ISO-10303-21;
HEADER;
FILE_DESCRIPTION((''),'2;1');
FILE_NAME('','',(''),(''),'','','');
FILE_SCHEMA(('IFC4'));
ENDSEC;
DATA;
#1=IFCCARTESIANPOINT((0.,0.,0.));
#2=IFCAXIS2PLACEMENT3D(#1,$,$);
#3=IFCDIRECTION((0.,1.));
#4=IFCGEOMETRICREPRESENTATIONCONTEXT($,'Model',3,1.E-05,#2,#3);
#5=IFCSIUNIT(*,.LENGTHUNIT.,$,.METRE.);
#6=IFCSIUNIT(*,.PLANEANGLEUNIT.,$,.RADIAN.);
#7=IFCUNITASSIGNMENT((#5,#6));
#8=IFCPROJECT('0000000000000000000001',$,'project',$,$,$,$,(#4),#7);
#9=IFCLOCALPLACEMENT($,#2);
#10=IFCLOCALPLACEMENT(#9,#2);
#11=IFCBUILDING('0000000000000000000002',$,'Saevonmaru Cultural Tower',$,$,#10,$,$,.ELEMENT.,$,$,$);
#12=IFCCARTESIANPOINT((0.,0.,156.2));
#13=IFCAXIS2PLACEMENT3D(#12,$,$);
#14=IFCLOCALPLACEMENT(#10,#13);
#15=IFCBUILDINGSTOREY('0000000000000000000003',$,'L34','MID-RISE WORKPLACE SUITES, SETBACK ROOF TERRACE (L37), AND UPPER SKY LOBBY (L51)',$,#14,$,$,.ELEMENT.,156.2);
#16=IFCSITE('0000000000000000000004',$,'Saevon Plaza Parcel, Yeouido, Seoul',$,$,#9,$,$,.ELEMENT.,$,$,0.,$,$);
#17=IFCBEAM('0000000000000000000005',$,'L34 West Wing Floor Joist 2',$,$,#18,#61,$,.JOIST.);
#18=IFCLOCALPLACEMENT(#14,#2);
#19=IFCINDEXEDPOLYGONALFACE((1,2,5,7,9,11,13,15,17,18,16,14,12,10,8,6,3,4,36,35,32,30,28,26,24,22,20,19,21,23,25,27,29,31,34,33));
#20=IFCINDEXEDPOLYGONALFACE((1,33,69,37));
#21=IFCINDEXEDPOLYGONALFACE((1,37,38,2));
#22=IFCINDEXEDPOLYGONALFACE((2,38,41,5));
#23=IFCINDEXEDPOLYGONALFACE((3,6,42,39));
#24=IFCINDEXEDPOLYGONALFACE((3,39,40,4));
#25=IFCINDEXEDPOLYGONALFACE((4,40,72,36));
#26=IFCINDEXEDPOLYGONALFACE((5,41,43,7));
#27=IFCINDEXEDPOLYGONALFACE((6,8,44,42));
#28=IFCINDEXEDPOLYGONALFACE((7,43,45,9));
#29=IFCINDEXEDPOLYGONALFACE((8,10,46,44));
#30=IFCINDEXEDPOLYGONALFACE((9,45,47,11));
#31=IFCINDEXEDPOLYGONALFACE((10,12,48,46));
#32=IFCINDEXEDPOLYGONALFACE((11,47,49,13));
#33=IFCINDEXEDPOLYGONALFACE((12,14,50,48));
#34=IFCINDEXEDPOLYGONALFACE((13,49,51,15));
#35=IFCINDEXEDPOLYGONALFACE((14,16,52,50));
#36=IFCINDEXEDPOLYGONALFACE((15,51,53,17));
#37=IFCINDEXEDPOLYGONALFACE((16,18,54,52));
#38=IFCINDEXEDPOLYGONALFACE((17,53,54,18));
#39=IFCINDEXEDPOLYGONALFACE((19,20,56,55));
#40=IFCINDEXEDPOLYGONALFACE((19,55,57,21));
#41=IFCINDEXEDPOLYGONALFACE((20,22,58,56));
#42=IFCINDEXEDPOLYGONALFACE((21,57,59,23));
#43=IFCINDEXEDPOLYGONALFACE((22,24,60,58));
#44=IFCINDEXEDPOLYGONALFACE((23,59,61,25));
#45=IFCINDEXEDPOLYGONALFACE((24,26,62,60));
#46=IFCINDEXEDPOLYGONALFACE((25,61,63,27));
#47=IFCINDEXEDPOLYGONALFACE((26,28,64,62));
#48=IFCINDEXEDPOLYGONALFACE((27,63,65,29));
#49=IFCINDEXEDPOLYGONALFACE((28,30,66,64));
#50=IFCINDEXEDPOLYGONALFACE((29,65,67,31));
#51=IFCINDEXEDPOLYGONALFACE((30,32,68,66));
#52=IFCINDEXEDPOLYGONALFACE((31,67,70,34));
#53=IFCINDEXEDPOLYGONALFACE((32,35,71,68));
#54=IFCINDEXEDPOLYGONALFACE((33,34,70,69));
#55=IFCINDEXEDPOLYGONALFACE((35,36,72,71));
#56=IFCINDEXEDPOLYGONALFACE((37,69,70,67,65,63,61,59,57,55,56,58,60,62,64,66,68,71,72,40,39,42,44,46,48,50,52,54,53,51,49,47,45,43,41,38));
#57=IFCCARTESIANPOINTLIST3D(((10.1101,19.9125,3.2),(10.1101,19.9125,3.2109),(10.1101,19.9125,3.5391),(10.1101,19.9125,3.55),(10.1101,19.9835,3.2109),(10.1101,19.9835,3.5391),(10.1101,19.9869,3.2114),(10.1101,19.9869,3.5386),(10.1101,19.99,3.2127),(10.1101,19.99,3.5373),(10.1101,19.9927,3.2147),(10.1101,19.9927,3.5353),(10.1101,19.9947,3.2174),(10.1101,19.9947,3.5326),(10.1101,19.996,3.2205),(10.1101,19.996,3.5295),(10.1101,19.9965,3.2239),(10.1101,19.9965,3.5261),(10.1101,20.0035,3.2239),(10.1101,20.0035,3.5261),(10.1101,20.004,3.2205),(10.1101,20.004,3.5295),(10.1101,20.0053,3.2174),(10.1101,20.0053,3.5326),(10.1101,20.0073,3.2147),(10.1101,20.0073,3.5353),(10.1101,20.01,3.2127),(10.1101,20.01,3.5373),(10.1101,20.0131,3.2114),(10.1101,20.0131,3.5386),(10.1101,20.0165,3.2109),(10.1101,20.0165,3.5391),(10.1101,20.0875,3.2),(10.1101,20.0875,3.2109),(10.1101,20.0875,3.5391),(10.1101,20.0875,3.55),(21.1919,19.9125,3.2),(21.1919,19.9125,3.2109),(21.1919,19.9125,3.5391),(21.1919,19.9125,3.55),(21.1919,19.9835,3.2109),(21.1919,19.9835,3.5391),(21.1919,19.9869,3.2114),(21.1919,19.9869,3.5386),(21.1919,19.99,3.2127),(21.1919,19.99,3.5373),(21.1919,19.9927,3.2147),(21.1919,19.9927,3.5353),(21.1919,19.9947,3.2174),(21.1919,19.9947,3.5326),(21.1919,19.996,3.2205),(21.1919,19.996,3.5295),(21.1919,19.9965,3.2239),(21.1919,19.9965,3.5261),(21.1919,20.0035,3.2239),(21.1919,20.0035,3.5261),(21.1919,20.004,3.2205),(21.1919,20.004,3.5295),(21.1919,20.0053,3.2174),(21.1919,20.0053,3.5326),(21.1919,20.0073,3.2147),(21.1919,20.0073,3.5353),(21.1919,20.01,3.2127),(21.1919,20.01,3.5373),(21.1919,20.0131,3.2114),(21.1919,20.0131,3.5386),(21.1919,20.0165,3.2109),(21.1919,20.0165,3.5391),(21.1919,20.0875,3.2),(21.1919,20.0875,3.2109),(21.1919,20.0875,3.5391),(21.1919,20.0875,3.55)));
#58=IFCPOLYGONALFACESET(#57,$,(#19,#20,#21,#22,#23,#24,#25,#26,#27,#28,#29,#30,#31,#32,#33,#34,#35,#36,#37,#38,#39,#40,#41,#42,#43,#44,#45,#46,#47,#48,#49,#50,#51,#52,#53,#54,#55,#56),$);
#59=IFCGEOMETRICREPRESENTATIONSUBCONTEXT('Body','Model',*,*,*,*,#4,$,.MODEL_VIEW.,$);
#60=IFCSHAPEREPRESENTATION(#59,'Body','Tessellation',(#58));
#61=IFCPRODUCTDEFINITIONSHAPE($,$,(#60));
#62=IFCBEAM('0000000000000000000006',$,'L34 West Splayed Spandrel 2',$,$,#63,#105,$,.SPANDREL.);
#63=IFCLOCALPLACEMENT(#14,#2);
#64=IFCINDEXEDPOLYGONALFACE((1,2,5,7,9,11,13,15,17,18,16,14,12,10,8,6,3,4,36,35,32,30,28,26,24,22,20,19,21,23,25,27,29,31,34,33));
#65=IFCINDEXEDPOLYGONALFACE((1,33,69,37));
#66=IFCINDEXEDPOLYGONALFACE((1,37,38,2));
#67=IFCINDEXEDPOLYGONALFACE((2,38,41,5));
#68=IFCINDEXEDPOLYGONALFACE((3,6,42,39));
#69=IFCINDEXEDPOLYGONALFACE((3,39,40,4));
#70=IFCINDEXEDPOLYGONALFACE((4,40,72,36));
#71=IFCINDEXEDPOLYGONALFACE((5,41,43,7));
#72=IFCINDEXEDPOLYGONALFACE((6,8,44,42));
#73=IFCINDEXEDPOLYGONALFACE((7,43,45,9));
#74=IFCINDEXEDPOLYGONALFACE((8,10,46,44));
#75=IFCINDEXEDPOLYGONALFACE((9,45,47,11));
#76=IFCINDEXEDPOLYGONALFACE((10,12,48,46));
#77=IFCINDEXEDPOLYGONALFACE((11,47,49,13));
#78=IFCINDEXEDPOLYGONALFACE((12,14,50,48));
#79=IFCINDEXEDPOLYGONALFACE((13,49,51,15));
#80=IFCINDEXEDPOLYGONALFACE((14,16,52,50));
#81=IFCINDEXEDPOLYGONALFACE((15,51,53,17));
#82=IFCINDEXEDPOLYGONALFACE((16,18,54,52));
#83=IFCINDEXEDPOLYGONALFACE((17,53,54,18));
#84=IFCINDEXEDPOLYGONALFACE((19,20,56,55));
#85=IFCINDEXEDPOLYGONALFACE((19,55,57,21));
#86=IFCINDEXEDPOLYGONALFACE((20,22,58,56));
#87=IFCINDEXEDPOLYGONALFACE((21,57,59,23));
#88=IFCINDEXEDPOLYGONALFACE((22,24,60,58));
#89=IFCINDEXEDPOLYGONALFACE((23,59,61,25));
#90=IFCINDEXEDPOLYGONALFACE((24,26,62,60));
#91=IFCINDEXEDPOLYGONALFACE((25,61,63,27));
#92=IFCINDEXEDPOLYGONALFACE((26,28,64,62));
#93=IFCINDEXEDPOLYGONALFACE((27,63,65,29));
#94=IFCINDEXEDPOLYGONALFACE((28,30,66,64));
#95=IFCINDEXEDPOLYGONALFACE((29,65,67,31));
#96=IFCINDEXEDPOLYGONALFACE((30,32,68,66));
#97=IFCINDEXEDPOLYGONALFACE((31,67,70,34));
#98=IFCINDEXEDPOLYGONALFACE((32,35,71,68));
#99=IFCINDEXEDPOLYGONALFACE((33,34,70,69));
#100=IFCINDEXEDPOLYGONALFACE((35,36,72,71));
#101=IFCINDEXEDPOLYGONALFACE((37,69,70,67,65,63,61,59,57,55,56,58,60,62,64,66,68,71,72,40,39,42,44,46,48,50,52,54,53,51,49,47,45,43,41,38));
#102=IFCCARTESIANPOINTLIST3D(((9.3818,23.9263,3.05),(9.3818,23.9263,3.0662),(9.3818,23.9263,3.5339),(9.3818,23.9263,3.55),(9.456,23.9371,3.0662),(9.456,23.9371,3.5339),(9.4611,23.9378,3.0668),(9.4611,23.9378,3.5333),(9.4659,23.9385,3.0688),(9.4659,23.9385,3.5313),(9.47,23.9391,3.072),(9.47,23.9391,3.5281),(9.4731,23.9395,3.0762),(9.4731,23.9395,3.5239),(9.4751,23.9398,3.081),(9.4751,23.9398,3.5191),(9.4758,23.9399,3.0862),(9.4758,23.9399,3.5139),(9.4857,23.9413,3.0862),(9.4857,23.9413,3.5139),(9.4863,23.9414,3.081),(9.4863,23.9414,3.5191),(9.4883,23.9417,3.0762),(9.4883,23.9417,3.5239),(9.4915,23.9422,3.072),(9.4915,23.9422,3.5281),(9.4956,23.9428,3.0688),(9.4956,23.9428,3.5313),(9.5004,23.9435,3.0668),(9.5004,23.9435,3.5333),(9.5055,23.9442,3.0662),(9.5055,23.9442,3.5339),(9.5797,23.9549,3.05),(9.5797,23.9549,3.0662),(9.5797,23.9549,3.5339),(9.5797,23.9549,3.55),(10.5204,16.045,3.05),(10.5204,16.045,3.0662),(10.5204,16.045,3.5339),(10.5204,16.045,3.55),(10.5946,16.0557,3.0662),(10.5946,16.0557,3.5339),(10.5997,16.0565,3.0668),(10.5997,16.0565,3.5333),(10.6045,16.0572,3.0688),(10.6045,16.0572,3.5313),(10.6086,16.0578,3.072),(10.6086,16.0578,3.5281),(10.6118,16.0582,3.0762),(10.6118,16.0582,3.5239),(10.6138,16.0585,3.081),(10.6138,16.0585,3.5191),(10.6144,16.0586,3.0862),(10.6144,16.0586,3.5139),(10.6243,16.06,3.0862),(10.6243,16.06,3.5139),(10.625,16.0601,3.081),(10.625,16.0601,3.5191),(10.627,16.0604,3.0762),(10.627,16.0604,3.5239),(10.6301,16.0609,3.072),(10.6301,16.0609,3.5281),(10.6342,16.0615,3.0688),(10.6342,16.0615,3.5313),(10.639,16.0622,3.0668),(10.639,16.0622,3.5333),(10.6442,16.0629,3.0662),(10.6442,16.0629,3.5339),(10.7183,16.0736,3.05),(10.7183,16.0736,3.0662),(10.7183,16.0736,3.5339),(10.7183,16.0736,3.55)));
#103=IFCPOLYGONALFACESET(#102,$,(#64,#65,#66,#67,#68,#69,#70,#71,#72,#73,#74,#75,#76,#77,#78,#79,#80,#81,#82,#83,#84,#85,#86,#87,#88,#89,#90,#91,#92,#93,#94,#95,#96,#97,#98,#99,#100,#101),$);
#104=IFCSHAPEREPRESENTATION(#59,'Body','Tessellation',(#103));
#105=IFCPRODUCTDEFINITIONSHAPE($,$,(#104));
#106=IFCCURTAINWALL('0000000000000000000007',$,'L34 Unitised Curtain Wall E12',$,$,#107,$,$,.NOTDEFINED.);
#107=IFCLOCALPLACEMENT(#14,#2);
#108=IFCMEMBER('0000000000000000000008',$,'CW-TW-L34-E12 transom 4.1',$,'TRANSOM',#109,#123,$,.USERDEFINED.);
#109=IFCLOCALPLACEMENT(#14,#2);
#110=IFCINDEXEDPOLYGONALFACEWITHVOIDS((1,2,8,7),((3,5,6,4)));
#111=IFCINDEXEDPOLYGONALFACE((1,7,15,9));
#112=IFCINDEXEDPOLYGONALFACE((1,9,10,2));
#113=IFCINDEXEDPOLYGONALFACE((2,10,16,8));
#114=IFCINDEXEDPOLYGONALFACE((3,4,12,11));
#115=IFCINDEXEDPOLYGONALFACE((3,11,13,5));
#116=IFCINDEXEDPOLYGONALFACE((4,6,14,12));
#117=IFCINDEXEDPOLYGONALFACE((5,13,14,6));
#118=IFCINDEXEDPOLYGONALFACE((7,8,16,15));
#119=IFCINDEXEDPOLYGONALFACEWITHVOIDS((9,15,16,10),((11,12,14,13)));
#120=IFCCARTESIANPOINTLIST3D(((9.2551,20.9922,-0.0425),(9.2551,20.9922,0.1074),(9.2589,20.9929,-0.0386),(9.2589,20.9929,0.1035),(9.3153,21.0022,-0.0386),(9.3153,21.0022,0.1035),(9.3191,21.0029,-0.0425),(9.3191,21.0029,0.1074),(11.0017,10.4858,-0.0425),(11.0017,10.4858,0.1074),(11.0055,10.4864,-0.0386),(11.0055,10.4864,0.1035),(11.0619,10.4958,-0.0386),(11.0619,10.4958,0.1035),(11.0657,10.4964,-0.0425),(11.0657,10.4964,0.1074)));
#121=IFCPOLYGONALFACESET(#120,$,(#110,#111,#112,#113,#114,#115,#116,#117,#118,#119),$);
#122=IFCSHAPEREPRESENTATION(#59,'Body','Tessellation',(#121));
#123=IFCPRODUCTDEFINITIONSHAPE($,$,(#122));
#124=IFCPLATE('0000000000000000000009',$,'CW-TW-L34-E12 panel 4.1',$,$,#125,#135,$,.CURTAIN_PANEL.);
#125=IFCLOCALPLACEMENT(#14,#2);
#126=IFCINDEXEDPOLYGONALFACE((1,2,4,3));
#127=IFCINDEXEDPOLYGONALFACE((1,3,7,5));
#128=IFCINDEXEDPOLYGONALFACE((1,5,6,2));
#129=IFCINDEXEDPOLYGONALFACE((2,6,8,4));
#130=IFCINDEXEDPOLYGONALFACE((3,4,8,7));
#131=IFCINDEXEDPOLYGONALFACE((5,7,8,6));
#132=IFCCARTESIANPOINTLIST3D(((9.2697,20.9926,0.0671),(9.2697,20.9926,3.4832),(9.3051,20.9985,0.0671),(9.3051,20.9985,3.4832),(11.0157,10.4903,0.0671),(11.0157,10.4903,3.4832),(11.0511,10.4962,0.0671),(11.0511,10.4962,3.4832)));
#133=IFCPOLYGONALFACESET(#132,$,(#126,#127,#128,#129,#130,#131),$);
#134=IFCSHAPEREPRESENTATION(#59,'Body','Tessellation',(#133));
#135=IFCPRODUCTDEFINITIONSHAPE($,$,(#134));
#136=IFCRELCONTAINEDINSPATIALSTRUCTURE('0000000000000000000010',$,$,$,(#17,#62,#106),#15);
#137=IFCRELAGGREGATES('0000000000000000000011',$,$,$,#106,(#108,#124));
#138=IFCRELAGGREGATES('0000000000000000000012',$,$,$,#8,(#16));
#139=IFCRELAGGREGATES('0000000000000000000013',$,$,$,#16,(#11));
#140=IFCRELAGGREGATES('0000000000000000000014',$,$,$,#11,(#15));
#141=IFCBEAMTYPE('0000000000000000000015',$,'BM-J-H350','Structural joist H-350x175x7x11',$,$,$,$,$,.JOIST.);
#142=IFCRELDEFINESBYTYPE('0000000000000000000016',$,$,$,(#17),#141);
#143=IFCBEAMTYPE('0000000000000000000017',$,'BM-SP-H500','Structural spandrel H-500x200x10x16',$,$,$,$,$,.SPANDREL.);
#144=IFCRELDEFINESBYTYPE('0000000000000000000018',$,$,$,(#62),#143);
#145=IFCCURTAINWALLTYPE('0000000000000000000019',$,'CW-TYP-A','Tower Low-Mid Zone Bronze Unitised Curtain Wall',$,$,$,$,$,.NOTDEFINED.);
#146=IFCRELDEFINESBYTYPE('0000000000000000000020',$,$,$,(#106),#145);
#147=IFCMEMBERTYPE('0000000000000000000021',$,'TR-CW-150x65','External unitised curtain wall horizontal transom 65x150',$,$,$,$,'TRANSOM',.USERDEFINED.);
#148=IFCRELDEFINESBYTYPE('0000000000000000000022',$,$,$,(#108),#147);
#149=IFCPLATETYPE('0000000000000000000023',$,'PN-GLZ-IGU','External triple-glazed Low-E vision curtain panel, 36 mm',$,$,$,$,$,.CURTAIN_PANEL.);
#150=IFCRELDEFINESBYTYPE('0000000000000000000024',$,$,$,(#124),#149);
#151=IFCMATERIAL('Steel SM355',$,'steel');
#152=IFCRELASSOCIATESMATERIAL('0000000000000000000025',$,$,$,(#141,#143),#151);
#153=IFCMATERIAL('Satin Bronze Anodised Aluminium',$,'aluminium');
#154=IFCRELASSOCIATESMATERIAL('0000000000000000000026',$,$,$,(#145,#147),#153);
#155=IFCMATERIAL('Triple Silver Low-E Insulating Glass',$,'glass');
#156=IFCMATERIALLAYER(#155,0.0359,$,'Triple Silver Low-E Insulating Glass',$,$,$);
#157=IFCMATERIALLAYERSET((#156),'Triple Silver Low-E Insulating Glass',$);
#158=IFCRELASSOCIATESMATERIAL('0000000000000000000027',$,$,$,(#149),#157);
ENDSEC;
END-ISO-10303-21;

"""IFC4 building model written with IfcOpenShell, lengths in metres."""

from ifc_helpers import new_model, si_unit, direction, frame, origin, origin_2d, place, context, subcontext, project, spatial, rectangle, hollow_rectangle, i_section, extrude, material, layer, layer_set, material_profile, profile_set, type_object, element, aggregate, save


model = new_model("IFC4")

# Units and contexts
model_context = context("Model", 3, precision=1e-05, world=origin(), true_north=direction((0.0, 1.0)))
body_context = subcontext(model_context, "Body", "Model", "MODEL_VIEW")
ifc_project = project(units=[si_unit("LENGTHUNIT", "METRE"), si_unit("PLANEANGLEUNIT", "RADIAN")], contexts=[model_context])

# Site, building, storey
site_placement = place(None, origin())
site = spatial("IfcSite", under=ifc_project, at=site_placement, Name="Saevon Plaza Parcel, Yeouido, Seoul", CompositionType="ELEMENT", RefElevation=0.0)
building_placement = place(site_placement, origin())
building = spatial("IfcBuilding", under=site, at=building_placement, Name="Saevonmaru Cultural Tower", CompositionType="ELEMENT")
storey_placement = place(building_placement, frame((0.0, 0.0, 156.2)))
storey = spatial("IfcBuildingStorey", under=building, at=storey_placement, Name="L34", Description="MID-RISE WORKPLACE SUITES, SETBACK ROOF TERRACE (L37), AND UPPER SKY LOBBY (L51)", CompositionType="ELEMENT", Elevation=156.2)

# Beams
ifc_material_1 = material(Name="Steel SM355", Category="steel")
ifc_material_profile_1 = material_profile(ifc_material_1, i_section(OverallWidth=0.175, OverallDepth=0.3501, WebThickness=0.0071, FlangeThickness=0.011, FilletRadius=0.0129, at=origin_2d()), Name="H-350x175x7x11")
ifc_profile_set_1 = profile_set([ifc_material_profile_1], Name="Steel SM355")
beam_type_1 = type_object("IfcBeamType", Name="BM-J-H350", Description="Structural joist H-350x175x7x11", PredefinedType="JOIST", material=ifc_profile_set_1)
beam_1_placement = place(storey_placement, frame((10.1101, 20.0, 3.375), z_axis=(1.0, 0.0, 0.0), x_axis=(0.0, 1.0, 0.0)))
element("IfcBeam", 1, at=beam_1_placement, inside=storey, type_object=beam_type_1, Name="L34 West Wing Floor Joist 2", PredefinedType="JOIST", context=body_context, shape_type="SweptSolid", body=[
    extrude(i_section(OverallWidth=0.175, OverallDepth=0.3501, WebThickness=0.0071, FlangeThickness=0.011, FilletRadius=0.0129, at=origin_2d()), origin(), (0.0, 0.0, 1.0), 11.0818),
])
ifc_material_profile_2 = material_profile(ifc_material_1, i_section(OverallWidth=0.2, OverallDepth=0.5, WebThickness=0.01, FlangeThickness=0.0161, FilletRadius=0.02, at=origin_2d()), Name="H-500x200x10x16")
ifc_profile_set_2 = profile_set([ifc_material_profile_2], Name="Steel SM355")
beam_type_2 = type_object("IfcBeamType", Name="BM-SP-H500", Description="Structural spandrel H-500x200x10x16", PredefinedType="SPANDREL", material=ifc_profile_set_2)
beam_2_placement = place(storey_placement, frame((10.6194, 16.0593, 3.3), z_axis=(-0.142992, 0.989724, 0.0), x_axis=(-0.989724, -0.142992, 0.0)))
element("IfcBeam", 2, at=beam_2_placement, inside=storey, type_object=beam_type_2, Name="L34 West Splayed Spandrel 2", PredefinedType="SPANDREL", context=body_context, shape_type="SweptSolid", body=[
    extrude(i_section(OverallWidth=0.2, OverallDepth=0.5, WebThickness=0.01, FlangeThickness=0.0161, FilletRadius=0.02, at=origin_2d()), origin(), (0.0, 0.0, 1.0), 7.9631),
])

# Curtain wall, member, plate
ifc_material_2 = material(Name="Satin Bronze Anodised Aluminium", Category="aluminium")
curtain_wall_type = type_object("IfcCurtainWallType", Name="CW-TYP-A", Description="Tower Low-Mid Zone Bronze Unitised Curtain Wall", PredefinedType="NOTDEFINED", material=ifc_material_2)
curtain_wall_placement = place(storey_placement, origin())
curtain_wall = element("IfcCurtainWall", 3, at=curtain_wall_placement, inside=storey, type_object=curtain_wall_type, Name="L34 Unitised Curtain Wall E12", PredefinedType="NOTDEFINED")
ifc_material_profile_3 = material_profile(ifc_material_2, hollow_rectangle(XDim=0.0649, YDim=0.1499, WallThickness=0.0039, at=origin_2d()), Name="ALU-TRAN-150x65x4")
ifc_profile_set_3 = profile_set([ifc_material_profile_3], Name="Satin Bronze Anodised Aluminium")
member_type = type_object("IfcMemberType", Name="TR-CW-150x65", Description="External unitised curtain wall horizontal transom 65x150", ElementType="TRANSOM", PredefinedType="USERDEFINED", material=ifc_profile_set_3)
member_placement = place(storey_placement, frame((9.2871, 20.9976, 0.0325), z_axis=(0.16399, -0.986462, 0.0), x_axis=(0.986462, 0.16399, 0.0)))
member = element("IfcMember", 4, at=member_placement, type_object=member_type, Name="CW-TW-L34-E12 transom 4.1", ObjectType="TRANSOM", PredefinedType="USERDEFINED", context=body_context, shape_type="SweptSolid", body=[
    extrude(hollow_rectangle(XDim=0.0649, YDim=0.1499, WallThickness=0.0039, at=origin_2d()), origin(), (0.0, 0.0, 1.0), 10.6506),
])
ifc_material_3 = material(Name="Triple Silver Low-E Insulating Glass", Category="glass")
ifc_layer_1 = layer(ifc_material_3, 0.0359, Name="Triple Silver Low-E Insulating Glass")
ifc_layer_set_1 = layer_set([ifc_layer_1], Name="Triple Silver Low-E Insulating Glass")
plate_type = type_object("IfcPlateType", Name="PN-GLZ-IGU", Description="External triple-glazed Low-E vision curtain panel, 36 mm", PredefinedType="CURTAIN_PANEL", material=ifc_layer_set_1)
plate_placement = place(storey_placement, frame((10.1604, 15.7444, 0.0671), z_axis=(0.0, 0.0, 1.0), x_axis=(0.163999, -0.986461, 0.0)))
plate = element("IfcPlate", 5, at=plate_placement, type_object=plate_type, Name="CW-TW-L34-E12 panel 4.1", PredefinedType="CURTAIN_PANEL", context=body_context, shape_type="SweptSolid", body=[
    extrude(rectangle(XDim=10.6465, YDim=0.0359, at=origin_2d()), origin(), (0.0, 0.0, 1.0), 3.416),
])
aggregate(curtain_wall, [member, plate])

save(model, "model.ifc")
